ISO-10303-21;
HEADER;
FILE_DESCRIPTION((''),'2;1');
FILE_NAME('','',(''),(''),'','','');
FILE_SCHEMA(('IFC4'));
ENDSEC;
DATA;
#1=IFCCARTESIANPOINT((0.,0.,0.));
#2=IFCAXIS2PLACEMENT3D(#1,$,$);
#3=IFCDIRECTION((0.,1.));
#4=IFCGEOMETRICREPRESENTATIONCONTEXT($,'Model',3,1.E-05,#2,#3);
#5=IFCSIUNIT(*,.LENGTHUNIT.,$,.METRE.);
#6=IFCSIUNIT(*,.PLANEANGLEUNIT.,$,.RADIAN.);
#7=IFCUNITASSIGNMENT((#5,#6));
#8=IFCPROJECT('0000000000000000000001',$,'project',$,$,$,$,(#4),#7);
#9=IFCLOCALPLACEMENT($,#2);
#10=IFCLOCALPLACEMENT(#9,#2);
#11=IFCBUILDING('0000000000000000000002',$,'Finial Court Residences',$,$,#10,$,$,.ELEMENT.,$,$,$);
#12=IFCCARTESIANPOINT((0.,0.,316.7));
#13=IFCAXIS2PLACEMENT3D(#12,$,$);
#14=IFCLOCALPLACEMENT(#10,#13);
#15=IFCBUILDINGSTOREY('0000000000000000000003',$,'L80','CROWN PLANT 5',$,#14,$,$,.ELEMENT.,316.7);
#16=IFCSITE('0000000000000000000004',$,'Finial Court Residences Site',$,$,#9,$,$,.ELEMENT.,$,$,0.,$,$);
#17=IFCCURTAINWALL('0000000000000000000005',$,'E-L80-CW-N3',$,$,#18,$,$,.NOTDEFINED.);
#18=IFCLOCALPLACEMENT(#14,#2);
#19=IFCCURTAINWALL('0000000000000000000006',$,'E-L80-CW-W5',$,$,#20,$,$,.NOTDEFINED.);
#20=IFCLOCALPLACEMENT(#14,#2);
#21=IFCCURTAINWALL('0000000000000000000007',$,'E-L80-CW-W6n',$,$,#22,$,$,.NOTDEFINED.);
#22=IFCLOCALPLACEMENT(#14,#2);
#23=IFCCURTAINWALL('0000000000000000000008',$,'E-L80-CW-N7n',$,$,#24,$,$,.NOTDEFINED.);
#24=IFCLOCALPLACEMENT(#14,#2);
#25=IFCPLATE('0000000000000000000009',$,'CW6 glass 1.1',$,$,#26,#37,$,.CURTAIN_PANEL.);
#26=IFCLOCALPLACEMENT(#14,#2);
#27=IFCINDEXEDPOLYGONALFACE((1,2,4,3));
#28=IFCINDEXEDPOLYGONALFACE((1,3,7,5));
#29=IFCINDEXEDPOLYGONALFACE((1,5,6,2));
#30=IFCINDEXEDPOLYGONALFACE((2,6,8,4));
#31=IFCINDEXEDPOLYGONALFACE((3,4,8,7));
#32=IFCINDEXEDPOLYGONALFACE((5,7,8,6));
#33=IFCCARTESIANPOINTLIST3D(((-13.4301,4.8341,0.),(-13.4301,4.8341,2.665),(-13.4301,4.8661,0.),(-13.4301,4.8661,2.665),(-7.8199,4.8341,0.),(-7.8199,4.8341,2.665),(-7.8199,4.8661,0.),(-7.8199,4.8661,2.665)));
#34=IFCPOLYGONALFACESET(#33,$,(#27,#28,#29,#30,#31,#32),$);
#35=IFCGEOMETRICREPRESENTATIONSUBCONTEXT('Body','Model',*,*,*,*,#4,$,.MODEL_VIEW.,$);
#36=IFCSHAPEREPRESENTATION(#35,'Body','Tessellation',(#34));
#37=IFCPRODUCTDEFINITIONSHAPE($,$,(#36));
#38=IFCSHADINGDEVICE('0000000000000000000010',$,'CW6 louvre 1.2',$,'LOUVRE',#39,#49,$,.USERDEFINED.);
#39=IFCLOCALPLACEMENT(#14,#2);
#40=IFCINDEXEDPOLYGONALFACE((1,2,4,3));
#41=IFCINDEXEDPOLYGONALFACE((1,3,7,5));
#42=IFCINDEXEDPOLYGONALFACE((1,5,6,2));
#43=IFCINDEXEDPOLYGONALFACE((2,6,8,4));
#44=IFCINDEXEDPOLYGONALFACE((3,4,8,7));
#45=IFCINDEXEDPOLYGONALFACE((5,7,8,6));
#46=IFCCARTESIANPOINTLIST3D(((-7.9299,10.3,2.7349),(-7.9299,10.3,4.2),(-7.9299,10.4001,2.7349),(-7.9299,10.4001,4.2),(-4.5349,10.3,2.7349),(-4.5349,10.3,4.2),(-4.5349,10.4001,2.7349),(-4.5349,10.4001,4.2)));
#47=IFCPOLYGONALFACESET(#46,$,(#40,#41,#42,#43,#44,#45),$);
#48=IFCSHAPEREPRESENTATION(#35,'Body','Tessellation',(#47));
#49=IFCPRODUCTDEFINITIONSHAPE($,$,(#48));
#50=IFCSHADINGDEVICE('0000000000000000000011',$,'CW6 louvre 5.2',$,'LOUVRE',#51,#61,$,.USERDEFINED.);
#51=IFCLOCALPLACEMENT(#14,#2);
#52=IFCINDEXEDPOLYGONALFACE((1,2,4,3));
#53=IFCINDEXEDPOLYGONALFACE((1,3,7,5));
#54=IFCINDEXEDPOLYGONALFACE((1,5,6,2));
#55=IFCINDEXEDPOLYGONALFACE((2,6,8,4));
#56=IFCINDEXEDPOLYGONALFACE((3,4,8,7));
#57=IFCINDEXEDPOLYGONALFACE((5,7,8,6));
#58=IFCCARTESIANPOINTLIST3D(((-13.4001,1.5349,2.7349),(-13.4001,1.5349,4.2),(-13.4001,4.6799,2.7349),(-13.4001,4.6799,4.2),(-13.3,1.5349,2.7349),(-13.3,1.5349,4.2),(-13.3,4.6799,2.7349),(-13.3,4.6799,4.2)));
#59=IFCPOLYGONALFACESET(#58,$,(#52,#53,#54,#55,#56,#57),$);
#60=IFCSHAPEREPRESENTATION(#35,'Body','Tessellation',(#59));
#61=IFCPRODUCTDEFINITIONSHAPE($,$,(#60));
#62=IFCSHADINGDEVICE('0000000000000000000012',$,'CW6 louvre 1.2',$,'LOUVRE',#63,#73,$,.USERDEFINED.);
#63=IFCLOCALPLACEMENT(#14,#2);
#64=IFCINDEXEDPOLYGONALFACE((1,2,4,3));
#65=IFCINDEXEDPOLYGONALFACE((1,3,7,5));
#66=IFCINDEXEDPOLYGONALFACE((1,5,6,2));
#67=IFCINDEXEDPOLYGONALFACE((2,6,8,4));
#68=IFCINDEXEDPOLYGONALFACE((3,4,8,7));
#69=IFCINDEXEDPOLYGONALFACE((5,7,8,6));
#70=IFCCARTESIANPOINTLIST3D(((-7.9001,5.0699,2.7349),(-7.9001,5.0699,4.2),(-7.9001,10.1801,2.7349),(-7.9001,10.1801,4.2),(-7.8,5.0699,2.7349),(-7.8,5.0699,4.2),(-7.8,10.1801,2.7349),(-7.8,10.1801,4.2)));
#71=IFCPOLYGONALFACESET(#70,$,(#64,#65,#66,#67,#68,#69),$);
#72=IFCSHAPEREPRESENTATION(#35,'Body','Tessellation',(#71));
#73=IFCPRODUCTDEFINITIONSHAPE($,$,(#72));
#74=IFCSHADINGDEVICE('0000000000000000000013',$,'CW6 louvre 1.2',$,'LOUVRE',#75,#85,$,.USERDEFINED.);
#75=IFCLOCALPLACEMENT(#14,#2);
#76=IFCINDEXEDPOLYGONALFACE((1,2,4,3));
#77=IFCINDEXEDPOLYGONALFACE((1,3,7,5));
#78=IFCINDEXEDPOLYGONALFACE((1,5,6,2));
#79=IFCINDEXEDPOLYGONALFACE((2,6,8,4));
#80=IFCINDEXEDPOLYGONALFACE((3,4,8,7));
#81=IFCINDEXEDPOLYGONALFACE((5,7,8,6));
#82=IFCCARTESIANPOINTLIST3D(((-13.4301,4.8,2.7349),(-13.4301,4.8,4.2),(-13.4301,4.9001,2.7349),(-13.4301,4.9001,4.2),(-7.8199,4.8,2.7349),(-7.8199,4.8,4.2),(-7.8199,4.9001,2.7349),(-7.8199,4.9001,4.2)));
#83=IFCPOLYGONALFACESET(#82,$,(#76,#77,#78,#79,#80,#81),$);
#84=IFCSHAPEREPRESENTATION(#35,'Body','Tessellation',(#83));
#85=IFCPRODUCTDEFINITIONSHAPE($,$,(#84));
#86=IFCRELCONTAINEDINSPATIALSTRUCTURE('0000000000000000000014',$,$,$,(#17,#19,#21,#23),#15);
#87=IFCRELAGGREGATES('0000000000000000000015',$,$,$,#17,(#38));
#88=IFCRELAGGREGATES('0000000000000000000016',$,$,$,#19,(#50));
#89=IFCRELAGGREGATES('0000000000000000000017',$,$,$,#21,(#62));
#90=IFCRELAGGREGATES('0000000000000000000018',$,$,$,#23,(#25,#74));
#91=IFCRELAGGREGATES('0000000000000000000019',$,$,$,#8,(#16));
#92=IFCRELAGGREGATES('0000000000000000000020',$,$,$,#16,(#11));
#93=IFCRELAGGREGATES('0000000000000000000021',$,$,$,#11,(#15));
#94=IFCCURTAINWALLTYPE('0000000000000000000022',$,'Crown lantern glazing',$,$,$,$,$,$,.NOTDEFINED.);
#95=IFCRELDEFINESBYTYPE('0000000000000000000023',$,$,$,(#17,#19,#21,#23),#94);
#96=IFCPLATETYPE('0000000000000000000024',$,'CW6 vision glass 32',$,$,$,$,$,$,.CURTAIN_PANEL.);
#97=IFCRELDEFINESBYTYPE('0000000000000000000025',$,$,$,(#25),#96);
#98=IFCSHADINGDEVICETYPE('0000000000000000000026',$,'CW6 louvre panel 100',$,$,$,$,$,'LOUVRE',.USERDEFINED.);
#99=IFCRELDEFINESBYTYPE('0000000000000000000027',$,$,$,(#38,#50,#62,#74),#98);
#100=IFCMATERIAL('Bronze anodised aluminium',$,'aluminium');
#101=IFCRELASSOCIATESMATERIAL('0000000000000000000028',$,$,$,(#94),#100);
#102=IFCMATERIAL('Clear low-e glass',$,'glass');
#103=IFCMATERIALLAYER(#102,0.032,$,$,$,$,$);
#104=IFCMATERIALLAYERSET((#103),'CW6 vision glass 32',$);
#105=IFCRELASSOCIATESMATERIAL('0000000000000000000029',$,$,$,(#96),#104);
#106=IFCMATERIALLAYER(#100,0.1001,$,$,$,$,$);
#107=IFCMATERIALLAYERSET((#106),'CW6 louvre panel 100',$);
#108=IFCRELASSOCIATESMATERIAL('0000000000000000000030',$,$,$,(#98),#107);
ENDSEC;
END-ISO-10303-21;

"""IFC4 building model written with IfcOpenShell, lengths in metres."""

from ifc_helpers import new_model, si_unit, direction, frame, origin, origin_2d, place, context, subcontext, project, spatial, rectangle, extrude, material, layer, layer_set, type_object, element, aggregate, save


model = new_model("IFC4")

# Units and contexts
model_context = context("Model", 3, precision=1e-05, world=origin(), true_north=direction((0.0, 1.0)))
body_context = subcontext(model_context, "Body", "Model", "MODEL_VIEW")
ifc_project = project(units=[si_unit("LENGTHUNIT", "METRE"), si_unit("PLANEANGLEUNIT", "RADIAN")], contexts=[model_context])

# Site, building, storey
site_placement = place(None, origin())
site = spatial("IfcSite", under=ifc_project, at=site_placement, Name="Finial Court Residences Site", CompositionType="ELEMENT", RefElevation=0.0)
building_placement = place(site_placement, origin())
building = spatial("IfcBuilding", under=site, at=building_placement, Name="Finial Court Residences", CompositionType="ELEMENT")
storey_placement = place(building_placement, frame((0.0, 0.0, 316.7)))
storey = spatial("IfcBuildingStorey", under=building, at=storey_placement, Name="L80", Description="CROWN PLANT 5", CompositionType="ELEMENT", Elevation=316.7)

# Curtain wall
ifc_material_1 = material(Name="Bronze anodised aluminium", Category="aluminium")
curtain_wall_type = type_object("IfcCurtainWallType", Name="Crown lantern glazing", PredefinedType="NOTDEFINED", material=ifc_material_1)
curtain_wall_1_placement = place(storey_placement, origin())
curtain_wall_1 = element("IfcCurtainWall", 1, at=curtain_wall_1_placement, inside=storey, type_object=curtain_wall_type, Name="E-L80-CW-N3", PredefinedType="NOTDEFINED")

# Curtain wall
curtain_wall_2_placement = place(storey_placement, origin())
curtain_wall_2 = element("IfcCurtainWall", 2, at=curtain_wall_2_placement, inside=storey, type_object=curtain_wall_type, Name="E-L80-CW-W5", PredefinedType="NOTDEFINED")

# Curtain walls
curtain_wall_3_placement = place(storey_placement, origin())
curtain_wall_3 = element("IfcCurtainWall", 3, at=curtain_wall_3_placement, inside=storey, type_object=curtain_wall_type, Name="E-L80-CW-W6n", PredefinedType="NOTDEFINED")
curtain_wall_4_placement = place(storey_placement, origin())
curtain_wall_4 = element("IfcCurtainWall", 4, at=curtain_wall_4_placement, inside=storey, type_object=curtain_wall_type, Name="E-L80-CW-N7n", PredefinedType="NOTDEFINED")

# Plate
ifc_material_2 = material(Name="Clear low-e glass", Category="glass")
ifc_layer_1 = layer(ifc_material_2, 0.032)
ifc_layer_set_1 = layer_set([ifc_layer_1], Name="CW6 vision glass 32")
plate_type = type_object("IfcPlateType", Name="CW6 vision glass 32", PredefinedType="CURTAIN_PANEL", material=ifc_layer_set_1)
plate_1_placement = place(storey_placement, frame((-10.625, 4.8501, 0.0), z_axis=(0.0, 0.0, 1.0), x_axis=(1.0, 0.0, 0.0)))
plate_1 = element("IfcPlate", 5, at=plate_1_placement, type_object=plate_type, Name="CW6 glass 1.1", PredefinedType="CURTAIN_PANEL", context=body_context, shape_type="SweptSolid", body=[
    extrude(rectangle(XDim=5.6101, YDim=0.032, at=origin_2d()), origin(), (0.0, 0.0, 1.0), 2.665),
])

# Shading devices
ifc_layer_2 = layer(ifc_material_1, 0.1001)
ifc_layer_set_2 = layer_set([ifc_layer_2], Name="CW6 louvre panel 100")
shading_device_type = type_object("IfcShadingDeviceType", Name="CW6 louvre panel 100", ElementType="LOUVRE", PredefinedType="USERDEFINED", material=ifc_layer_set_2)
shading_device_1_placement = place(storey_placement, frame((-6.2324, 10.3501, 2.7349), z_axis=(0.0, 0.0, 1.0), x_axis=(1.0, 0.0, 0.0)))
shading_device_1 = element("IfcShadingDevice", 6, at=shading_device_1_placement, type_object=shading_device_type, Name="CW6 louvre 1.2", ObjectType="LOUVRE", PredefinedType="USERDEFINED", context=body_context, shape_type="SweptSolid", body=[
    extrude(rectangle(XDim=3.395, YDim=0.1001, at=origin_2d()), origin(), (0.0, 0.0, 1.0), 1.4651),
])
aggregate(curtain_wall_1, [shading_device_1])
shading_device_2_placement = place(storey_placement, frame((-13.3501, 3.1074, 2.7349), z_axis=(0.0, 0.0, 1.0), x_axis=(0.0, 1.0, 0.0)))
shading_device_2 = element("IfcShadingDevice", 7, at=shading_device_2_placement, type_object=shading_device_type, Name="CW6 louvre 5.2", ObjectType="LOUVRE", PredefinedType="USERDEFINED", context=body_context, shape_type="SweptSolid", body=[
    extrude(rectangle(XDim=3.145, YDim=0.1001, at=origin_2d()), origin(), (0.0, 0.0, 1.0), 1.4651),
])
aggregate(curtain_wall_2, [shading_device_2])
shading_device_3_placement = place(storey_placement, frame((-7.8501, 7.625, 2.7349), z_axis=(0.0, 0.0, 1.0), x_axis=(0.0, 1.0, 0.0)))
shading_device_3 = element("IfcShadingDevice", 8, at=shading_device_3_placement, type_object=shading_device_type, Name="CW6 louvre 1.2", ObjectType="LOUVRE", PredefinedType="USERDEFINED", context=body_context, shape_type="SweptSolid", body=[
    extrude(rectangle(XDim=5.1101, YDim=0.1001, at=origin_2d()), origin(), (0.0, 0.0, 1.0), 1.4651),
])
aggregate(curtain_wall_3, [shading_device_3])
shading_device_4_placement = place(storey_placement, frame((-10.625, 4.8501, 2.7349), z_axis=(0.0, 0.0, 1.0), x_axis=(1.0, 0.0, 0.0)))
shading_device_4 = element("IfcShadingDevice", 9, at=shading_device_4_placement, type_object=shading_device_type, Name="CW6 louvre 1.2", ObjectType="LOUVRE", PredefinedType="USERDEFINED", context=body_context, shape_type="SweptSolid", body=[
    extrude(rectangle(XDim=5.6101, YDim=0.1001, at=origin_2d()), origin(), (0.0, 0.0, 1.0), 1.4651),
])
aggregate(curtain_wall_4, [plate_1, shading_device_4])

save(model, "model.ifc")
